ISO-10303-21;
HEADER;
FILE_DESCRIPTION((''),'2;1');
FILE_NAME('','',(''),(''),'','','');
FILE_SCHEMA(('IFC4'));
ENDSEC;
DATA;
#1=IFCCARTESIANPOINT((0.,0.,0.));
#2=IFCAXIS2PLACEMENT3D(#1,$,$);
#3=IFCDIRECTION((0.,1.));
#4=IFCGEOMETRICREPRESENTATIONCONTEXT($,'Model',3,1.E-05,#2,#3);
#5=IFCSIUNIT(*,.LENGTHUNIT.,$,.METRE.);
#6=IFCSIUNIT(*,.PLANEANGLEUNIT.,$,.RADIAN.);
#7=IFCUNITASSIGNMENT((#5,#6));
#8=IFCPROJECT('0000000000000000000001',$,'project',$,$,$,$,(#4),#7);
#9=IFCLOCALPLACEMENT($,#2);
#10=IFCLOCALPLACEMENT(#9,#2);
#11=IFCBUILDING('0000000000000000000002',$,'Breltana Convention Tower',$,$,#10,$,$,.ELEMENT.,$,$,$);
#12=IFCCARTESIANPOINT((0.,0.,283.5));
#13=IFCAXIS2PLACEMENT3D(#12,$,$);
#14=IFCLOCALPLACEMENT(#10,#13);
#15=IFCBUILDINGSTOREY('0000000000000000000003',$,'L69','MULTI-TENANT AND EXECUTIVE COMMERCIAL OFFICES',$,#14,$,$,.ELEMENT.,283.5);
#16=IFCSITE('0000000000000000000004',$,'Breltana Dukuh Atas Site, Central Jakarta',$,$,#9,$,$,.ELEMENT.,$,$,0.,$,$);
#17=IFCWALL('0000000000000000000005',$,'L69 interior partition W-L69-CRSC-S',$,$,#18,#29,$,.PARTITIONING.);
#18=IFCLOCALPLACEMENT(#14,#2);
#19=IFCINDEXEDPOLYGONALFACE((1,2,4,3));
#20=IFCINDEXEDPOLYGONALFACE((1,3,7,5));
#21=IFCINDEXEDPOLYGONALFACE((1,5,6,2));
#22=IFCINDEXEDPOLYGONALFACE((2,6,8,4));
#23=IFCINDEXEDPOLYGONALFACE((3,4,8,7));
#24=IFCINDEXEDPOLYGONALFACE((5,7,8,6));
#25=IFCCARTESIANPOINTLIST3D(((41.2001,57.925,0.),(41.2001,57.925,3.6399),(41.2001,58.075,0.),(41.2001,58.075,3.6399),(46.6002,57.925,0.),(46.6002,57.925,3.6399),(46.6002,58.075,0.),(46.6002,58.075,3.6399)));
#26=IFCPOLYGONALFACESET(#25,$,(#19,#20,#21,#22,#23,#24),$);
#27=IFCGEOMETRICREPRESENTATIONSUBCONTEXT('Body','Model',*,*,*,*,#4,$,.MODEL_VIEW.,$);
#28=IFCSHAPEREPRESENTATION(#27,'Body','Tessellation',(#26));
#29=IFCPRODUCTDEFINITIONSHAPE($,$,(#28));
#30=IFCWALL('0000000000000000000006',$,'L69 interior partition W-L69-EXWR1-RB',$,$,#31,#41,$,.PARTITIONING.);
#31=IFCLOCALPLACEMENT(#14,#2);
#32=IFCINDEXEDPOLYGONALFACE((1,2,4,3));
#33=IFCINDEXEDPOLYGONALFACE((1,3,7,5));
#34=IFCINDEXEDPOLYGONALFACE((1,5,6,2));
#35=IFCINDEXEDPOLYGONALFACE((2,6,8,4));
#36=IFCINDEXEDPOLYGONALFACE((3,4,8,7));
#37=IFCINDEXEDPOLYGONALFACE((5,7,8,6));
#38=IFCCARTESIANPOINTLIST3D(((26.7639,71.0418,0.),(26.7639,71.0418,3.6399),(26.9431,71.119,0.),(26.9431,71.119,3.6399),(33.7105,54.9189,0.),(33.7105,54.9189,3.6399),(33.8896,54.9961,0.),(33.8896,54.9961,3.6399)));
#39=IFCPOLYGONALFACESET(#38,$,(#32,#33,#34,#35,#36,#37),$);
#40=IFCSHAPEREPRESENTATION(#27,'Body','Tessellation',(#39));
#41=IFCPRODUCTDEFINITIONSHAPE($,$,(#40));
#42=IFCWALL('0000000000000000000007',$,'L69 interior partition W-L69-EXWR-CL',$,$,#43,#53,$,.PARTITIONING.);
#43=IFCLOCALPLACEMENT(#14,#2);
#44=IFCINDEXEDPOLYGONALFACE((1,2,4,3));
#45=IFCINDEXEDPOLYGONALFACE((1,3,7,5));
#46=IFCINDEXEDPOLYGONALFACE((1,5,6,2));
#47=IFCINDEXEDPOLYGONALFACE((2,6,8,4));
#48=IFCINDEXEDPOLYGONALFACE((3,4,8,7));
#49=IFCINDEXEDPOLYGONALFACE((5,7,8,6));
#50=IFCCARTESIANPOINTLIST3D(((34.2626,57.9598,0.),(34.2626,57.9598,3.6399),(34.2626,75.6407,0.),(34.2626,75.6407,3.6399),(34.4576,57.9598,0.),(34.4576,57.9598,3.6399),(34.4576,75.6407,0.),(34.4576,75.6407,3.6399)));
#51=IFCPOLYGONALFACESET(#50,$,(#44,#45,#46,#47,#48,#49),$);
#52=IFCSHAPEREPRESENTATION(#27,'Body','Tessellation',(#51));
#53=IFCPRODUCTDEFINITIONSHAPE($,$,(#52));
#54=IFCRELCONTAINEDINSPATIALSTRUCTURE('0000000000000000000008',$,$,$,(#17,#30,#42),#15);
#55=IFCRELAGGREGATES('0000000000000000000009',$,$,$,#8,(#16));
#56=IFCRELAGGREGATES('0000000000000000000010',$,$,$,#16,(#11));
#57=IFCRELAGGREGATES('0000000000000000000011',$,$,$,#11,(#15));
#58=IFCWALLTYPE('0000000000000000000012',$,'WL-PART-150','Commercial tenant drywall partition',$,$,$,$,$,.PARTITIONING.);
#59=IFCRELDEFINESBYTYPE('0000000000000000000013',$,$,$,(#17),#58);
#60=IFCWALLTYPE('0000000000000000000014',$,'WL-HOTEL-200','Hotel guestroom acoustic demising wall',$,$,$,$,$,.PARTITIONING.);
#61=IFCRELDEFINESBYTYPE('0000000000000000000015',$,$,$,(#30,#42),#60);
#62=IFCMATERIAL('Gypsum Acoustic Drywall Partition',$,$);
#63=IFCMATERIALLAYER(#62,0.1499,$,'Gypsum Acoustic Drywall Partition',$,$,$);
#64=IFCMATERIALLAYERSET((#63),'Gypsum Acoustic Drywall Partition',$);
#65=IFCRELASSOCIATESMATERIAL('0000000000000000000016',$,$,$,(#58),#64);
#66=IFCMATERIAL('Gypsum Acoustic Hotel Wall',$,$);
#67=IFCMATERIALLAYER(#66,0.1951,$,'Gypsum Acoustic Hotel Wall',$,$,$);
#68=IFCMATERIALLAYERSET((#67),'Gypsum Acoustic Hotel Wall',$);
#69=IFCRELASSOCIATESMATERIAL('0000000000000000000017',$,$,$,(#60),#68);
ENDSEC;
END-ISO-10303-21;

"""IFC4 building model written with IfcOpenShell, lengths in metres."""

from ifc_helpers import new_model, si_unit, direction, frame, frame_2d, origin, place, context, subcontext, project, spatial, rectangle, extrude, source, transform, mapped, material, layer, layer_set, type_object, element, save


model = new_model("IFC4")

# Units and contexts
model_context = context("Model", 3, precision=1e-05, world=origin(), true_north=direction((0.0, 1.0)))
body_context = subcontext(model_context, "Body", "Model", "MODEL_VIEW")
ifc_project = project(units=[si_unit("LENGTHUNIT", "METRE"), si_unit("PLANEANGLEUNIT", "RADIAN")], contexts=[model_context])

# Site, building, storey
site_placement = place(None, origin())
site = spatial("IfcSite", under=ifc_project, at=site_placement, Name="Breltana Dukuh Atas Site, Central Jakarta", CompositionType="ELEMENT", RefElevation=0.0)
building_placement = place(site_placement, origin())
building = spatial("IfcBuilding", under=site, at=building_placement, Name="Breltana Convention Tower", CompositionType="ELEMENT")
storey_placement = place(building_placement, frame((0.0, 0.0, 283.5)))
storey = spatial("IfcBuildingStorey", under=building, at=storey_placement, Name="L69", Description="MULTI-TENANT AND EXECUTIVE COMMERCIAL OFFICES", CompositionType="ELEMENT", Elevation=283.5)

# Wall
ifc_material_1 = material(Name="Gypsum Acoustic Drywall Partition")
ifc_layer_1 = layer(ifc_material_1, 0.1499, Name="Gypsum Acoustic Drywall Partition")
ifc_layer_set_1 = layer_set([ifc_layer_1], Name="Gypsum Acoustic Drywall Partition")
wall_type_1 = type_object("IfcWallType", Name="WL-PART-150", Description="Commercial tenant drywall partition", PredefinedType="PARTITIONING", material=ifc_layer_set_1)
shared_shape_1 = source(origin(), body_context, "Body", "SweptSolid", [
    extrude(rectangle(XDim=5.4001, YDim=0.1499, at=frame_2d((2.7002, 0.0))), origin(), (0.0, 0.0, 1.0), 3.6399),
])
wall_1_placement = place(storey_placement, frame((41.2, 58.0, 0.0), z_axis=(0.0, 0.0, 1.0), x_axis=(1.0, 0.0, 0.0)))
element("IfcWall", 1, at=wall_1_placement, inside=storey, type_object=wall_type_1, Name="L69 interior partition W-L69-CRSC-S", PredefinedType="PARTITIONING", context=body_context, shape_type="MappedRepresentation", body=[
    mapped(shared_shape_1, transform((0.0, 0.0, 0.0), scale=1.0)),
])

# Shared definitions
ifc_material_2 = material(Name="Gypsum Acoustic Hotel Wall")
ifc_layer_2 = layer(ifc_material_2, 0.1951, Name="Gypsum Acoustic Hotel Wall")
ifc_layer_set_2 = layer_set([ifc_layer_2], Name="Gypsum Acoustic Hotel Wall")
wall_type_2 = type_object("IfcWallType", Name="WL-HOTEL-200", Description="Hotel guestroom acoustic demising wall", PredefinedType="PARTITIONING", material=ifc_layer_set_2)

# Wall
shared_shape_2 = source(origin(), body_context, "Body", "SweptSolid", [
    extrude(rectangle(XDim=17.5557, YDim=0.1951, at=frame_2d((8.7778, 0.0))), origin(), (0.0, 0.0, 1.0), 3.6399),
])
wall_2_placement = place(storey_placement, frame((33.8, 54.9575, 0.0), z_axis=(0.0, 0.0, 1.0), x_axis=(-0.395688, 0.918385, 0.0)))
element("IfcWall", 2, at=wall_2_placement, inside=storey, type_object=wall_type_2, Name="L69 interior partition W-L69-EXWR1-RB", PredefinedType="PARTITIONING", context=body_context, shape_type="MappedRepresentation", body=[
    mapped(shared_shape_2, transform((0.0, 0.0, 0.0), scale=1.0)),
])

# Wall
shared_shape_3 = source(origin(), body_context, "Body", "SweptSolid", [
    extrude(rectangle(XDim=17.6809, YDim=0.1951, at=frame_2d((8.8403, 0.0))), origin(), (0.0, 0.0, 1.0), 3.6399),
])
wall_3_placement = place(storey_placement, frame((34.3601, 57.96, 0.0), z_axis=(0.0, 0.0, 1.0), x_axis=(0.0, 1.0, 0.0)))
element("IfcWall", 3, at=wall_3_placement, inside=storey, type_object=wall_type_2, Name="L69 interior partition W-L69-EXWR-CL", PredefinedType="PARTITIONING", context=body_context, shape_type="MappedRepresentation", body=[
    mapped(shared_shape_3, transform((0.0, 0.0, 0.0), scale=1.0)),
])

save(model, "model.ifc")
